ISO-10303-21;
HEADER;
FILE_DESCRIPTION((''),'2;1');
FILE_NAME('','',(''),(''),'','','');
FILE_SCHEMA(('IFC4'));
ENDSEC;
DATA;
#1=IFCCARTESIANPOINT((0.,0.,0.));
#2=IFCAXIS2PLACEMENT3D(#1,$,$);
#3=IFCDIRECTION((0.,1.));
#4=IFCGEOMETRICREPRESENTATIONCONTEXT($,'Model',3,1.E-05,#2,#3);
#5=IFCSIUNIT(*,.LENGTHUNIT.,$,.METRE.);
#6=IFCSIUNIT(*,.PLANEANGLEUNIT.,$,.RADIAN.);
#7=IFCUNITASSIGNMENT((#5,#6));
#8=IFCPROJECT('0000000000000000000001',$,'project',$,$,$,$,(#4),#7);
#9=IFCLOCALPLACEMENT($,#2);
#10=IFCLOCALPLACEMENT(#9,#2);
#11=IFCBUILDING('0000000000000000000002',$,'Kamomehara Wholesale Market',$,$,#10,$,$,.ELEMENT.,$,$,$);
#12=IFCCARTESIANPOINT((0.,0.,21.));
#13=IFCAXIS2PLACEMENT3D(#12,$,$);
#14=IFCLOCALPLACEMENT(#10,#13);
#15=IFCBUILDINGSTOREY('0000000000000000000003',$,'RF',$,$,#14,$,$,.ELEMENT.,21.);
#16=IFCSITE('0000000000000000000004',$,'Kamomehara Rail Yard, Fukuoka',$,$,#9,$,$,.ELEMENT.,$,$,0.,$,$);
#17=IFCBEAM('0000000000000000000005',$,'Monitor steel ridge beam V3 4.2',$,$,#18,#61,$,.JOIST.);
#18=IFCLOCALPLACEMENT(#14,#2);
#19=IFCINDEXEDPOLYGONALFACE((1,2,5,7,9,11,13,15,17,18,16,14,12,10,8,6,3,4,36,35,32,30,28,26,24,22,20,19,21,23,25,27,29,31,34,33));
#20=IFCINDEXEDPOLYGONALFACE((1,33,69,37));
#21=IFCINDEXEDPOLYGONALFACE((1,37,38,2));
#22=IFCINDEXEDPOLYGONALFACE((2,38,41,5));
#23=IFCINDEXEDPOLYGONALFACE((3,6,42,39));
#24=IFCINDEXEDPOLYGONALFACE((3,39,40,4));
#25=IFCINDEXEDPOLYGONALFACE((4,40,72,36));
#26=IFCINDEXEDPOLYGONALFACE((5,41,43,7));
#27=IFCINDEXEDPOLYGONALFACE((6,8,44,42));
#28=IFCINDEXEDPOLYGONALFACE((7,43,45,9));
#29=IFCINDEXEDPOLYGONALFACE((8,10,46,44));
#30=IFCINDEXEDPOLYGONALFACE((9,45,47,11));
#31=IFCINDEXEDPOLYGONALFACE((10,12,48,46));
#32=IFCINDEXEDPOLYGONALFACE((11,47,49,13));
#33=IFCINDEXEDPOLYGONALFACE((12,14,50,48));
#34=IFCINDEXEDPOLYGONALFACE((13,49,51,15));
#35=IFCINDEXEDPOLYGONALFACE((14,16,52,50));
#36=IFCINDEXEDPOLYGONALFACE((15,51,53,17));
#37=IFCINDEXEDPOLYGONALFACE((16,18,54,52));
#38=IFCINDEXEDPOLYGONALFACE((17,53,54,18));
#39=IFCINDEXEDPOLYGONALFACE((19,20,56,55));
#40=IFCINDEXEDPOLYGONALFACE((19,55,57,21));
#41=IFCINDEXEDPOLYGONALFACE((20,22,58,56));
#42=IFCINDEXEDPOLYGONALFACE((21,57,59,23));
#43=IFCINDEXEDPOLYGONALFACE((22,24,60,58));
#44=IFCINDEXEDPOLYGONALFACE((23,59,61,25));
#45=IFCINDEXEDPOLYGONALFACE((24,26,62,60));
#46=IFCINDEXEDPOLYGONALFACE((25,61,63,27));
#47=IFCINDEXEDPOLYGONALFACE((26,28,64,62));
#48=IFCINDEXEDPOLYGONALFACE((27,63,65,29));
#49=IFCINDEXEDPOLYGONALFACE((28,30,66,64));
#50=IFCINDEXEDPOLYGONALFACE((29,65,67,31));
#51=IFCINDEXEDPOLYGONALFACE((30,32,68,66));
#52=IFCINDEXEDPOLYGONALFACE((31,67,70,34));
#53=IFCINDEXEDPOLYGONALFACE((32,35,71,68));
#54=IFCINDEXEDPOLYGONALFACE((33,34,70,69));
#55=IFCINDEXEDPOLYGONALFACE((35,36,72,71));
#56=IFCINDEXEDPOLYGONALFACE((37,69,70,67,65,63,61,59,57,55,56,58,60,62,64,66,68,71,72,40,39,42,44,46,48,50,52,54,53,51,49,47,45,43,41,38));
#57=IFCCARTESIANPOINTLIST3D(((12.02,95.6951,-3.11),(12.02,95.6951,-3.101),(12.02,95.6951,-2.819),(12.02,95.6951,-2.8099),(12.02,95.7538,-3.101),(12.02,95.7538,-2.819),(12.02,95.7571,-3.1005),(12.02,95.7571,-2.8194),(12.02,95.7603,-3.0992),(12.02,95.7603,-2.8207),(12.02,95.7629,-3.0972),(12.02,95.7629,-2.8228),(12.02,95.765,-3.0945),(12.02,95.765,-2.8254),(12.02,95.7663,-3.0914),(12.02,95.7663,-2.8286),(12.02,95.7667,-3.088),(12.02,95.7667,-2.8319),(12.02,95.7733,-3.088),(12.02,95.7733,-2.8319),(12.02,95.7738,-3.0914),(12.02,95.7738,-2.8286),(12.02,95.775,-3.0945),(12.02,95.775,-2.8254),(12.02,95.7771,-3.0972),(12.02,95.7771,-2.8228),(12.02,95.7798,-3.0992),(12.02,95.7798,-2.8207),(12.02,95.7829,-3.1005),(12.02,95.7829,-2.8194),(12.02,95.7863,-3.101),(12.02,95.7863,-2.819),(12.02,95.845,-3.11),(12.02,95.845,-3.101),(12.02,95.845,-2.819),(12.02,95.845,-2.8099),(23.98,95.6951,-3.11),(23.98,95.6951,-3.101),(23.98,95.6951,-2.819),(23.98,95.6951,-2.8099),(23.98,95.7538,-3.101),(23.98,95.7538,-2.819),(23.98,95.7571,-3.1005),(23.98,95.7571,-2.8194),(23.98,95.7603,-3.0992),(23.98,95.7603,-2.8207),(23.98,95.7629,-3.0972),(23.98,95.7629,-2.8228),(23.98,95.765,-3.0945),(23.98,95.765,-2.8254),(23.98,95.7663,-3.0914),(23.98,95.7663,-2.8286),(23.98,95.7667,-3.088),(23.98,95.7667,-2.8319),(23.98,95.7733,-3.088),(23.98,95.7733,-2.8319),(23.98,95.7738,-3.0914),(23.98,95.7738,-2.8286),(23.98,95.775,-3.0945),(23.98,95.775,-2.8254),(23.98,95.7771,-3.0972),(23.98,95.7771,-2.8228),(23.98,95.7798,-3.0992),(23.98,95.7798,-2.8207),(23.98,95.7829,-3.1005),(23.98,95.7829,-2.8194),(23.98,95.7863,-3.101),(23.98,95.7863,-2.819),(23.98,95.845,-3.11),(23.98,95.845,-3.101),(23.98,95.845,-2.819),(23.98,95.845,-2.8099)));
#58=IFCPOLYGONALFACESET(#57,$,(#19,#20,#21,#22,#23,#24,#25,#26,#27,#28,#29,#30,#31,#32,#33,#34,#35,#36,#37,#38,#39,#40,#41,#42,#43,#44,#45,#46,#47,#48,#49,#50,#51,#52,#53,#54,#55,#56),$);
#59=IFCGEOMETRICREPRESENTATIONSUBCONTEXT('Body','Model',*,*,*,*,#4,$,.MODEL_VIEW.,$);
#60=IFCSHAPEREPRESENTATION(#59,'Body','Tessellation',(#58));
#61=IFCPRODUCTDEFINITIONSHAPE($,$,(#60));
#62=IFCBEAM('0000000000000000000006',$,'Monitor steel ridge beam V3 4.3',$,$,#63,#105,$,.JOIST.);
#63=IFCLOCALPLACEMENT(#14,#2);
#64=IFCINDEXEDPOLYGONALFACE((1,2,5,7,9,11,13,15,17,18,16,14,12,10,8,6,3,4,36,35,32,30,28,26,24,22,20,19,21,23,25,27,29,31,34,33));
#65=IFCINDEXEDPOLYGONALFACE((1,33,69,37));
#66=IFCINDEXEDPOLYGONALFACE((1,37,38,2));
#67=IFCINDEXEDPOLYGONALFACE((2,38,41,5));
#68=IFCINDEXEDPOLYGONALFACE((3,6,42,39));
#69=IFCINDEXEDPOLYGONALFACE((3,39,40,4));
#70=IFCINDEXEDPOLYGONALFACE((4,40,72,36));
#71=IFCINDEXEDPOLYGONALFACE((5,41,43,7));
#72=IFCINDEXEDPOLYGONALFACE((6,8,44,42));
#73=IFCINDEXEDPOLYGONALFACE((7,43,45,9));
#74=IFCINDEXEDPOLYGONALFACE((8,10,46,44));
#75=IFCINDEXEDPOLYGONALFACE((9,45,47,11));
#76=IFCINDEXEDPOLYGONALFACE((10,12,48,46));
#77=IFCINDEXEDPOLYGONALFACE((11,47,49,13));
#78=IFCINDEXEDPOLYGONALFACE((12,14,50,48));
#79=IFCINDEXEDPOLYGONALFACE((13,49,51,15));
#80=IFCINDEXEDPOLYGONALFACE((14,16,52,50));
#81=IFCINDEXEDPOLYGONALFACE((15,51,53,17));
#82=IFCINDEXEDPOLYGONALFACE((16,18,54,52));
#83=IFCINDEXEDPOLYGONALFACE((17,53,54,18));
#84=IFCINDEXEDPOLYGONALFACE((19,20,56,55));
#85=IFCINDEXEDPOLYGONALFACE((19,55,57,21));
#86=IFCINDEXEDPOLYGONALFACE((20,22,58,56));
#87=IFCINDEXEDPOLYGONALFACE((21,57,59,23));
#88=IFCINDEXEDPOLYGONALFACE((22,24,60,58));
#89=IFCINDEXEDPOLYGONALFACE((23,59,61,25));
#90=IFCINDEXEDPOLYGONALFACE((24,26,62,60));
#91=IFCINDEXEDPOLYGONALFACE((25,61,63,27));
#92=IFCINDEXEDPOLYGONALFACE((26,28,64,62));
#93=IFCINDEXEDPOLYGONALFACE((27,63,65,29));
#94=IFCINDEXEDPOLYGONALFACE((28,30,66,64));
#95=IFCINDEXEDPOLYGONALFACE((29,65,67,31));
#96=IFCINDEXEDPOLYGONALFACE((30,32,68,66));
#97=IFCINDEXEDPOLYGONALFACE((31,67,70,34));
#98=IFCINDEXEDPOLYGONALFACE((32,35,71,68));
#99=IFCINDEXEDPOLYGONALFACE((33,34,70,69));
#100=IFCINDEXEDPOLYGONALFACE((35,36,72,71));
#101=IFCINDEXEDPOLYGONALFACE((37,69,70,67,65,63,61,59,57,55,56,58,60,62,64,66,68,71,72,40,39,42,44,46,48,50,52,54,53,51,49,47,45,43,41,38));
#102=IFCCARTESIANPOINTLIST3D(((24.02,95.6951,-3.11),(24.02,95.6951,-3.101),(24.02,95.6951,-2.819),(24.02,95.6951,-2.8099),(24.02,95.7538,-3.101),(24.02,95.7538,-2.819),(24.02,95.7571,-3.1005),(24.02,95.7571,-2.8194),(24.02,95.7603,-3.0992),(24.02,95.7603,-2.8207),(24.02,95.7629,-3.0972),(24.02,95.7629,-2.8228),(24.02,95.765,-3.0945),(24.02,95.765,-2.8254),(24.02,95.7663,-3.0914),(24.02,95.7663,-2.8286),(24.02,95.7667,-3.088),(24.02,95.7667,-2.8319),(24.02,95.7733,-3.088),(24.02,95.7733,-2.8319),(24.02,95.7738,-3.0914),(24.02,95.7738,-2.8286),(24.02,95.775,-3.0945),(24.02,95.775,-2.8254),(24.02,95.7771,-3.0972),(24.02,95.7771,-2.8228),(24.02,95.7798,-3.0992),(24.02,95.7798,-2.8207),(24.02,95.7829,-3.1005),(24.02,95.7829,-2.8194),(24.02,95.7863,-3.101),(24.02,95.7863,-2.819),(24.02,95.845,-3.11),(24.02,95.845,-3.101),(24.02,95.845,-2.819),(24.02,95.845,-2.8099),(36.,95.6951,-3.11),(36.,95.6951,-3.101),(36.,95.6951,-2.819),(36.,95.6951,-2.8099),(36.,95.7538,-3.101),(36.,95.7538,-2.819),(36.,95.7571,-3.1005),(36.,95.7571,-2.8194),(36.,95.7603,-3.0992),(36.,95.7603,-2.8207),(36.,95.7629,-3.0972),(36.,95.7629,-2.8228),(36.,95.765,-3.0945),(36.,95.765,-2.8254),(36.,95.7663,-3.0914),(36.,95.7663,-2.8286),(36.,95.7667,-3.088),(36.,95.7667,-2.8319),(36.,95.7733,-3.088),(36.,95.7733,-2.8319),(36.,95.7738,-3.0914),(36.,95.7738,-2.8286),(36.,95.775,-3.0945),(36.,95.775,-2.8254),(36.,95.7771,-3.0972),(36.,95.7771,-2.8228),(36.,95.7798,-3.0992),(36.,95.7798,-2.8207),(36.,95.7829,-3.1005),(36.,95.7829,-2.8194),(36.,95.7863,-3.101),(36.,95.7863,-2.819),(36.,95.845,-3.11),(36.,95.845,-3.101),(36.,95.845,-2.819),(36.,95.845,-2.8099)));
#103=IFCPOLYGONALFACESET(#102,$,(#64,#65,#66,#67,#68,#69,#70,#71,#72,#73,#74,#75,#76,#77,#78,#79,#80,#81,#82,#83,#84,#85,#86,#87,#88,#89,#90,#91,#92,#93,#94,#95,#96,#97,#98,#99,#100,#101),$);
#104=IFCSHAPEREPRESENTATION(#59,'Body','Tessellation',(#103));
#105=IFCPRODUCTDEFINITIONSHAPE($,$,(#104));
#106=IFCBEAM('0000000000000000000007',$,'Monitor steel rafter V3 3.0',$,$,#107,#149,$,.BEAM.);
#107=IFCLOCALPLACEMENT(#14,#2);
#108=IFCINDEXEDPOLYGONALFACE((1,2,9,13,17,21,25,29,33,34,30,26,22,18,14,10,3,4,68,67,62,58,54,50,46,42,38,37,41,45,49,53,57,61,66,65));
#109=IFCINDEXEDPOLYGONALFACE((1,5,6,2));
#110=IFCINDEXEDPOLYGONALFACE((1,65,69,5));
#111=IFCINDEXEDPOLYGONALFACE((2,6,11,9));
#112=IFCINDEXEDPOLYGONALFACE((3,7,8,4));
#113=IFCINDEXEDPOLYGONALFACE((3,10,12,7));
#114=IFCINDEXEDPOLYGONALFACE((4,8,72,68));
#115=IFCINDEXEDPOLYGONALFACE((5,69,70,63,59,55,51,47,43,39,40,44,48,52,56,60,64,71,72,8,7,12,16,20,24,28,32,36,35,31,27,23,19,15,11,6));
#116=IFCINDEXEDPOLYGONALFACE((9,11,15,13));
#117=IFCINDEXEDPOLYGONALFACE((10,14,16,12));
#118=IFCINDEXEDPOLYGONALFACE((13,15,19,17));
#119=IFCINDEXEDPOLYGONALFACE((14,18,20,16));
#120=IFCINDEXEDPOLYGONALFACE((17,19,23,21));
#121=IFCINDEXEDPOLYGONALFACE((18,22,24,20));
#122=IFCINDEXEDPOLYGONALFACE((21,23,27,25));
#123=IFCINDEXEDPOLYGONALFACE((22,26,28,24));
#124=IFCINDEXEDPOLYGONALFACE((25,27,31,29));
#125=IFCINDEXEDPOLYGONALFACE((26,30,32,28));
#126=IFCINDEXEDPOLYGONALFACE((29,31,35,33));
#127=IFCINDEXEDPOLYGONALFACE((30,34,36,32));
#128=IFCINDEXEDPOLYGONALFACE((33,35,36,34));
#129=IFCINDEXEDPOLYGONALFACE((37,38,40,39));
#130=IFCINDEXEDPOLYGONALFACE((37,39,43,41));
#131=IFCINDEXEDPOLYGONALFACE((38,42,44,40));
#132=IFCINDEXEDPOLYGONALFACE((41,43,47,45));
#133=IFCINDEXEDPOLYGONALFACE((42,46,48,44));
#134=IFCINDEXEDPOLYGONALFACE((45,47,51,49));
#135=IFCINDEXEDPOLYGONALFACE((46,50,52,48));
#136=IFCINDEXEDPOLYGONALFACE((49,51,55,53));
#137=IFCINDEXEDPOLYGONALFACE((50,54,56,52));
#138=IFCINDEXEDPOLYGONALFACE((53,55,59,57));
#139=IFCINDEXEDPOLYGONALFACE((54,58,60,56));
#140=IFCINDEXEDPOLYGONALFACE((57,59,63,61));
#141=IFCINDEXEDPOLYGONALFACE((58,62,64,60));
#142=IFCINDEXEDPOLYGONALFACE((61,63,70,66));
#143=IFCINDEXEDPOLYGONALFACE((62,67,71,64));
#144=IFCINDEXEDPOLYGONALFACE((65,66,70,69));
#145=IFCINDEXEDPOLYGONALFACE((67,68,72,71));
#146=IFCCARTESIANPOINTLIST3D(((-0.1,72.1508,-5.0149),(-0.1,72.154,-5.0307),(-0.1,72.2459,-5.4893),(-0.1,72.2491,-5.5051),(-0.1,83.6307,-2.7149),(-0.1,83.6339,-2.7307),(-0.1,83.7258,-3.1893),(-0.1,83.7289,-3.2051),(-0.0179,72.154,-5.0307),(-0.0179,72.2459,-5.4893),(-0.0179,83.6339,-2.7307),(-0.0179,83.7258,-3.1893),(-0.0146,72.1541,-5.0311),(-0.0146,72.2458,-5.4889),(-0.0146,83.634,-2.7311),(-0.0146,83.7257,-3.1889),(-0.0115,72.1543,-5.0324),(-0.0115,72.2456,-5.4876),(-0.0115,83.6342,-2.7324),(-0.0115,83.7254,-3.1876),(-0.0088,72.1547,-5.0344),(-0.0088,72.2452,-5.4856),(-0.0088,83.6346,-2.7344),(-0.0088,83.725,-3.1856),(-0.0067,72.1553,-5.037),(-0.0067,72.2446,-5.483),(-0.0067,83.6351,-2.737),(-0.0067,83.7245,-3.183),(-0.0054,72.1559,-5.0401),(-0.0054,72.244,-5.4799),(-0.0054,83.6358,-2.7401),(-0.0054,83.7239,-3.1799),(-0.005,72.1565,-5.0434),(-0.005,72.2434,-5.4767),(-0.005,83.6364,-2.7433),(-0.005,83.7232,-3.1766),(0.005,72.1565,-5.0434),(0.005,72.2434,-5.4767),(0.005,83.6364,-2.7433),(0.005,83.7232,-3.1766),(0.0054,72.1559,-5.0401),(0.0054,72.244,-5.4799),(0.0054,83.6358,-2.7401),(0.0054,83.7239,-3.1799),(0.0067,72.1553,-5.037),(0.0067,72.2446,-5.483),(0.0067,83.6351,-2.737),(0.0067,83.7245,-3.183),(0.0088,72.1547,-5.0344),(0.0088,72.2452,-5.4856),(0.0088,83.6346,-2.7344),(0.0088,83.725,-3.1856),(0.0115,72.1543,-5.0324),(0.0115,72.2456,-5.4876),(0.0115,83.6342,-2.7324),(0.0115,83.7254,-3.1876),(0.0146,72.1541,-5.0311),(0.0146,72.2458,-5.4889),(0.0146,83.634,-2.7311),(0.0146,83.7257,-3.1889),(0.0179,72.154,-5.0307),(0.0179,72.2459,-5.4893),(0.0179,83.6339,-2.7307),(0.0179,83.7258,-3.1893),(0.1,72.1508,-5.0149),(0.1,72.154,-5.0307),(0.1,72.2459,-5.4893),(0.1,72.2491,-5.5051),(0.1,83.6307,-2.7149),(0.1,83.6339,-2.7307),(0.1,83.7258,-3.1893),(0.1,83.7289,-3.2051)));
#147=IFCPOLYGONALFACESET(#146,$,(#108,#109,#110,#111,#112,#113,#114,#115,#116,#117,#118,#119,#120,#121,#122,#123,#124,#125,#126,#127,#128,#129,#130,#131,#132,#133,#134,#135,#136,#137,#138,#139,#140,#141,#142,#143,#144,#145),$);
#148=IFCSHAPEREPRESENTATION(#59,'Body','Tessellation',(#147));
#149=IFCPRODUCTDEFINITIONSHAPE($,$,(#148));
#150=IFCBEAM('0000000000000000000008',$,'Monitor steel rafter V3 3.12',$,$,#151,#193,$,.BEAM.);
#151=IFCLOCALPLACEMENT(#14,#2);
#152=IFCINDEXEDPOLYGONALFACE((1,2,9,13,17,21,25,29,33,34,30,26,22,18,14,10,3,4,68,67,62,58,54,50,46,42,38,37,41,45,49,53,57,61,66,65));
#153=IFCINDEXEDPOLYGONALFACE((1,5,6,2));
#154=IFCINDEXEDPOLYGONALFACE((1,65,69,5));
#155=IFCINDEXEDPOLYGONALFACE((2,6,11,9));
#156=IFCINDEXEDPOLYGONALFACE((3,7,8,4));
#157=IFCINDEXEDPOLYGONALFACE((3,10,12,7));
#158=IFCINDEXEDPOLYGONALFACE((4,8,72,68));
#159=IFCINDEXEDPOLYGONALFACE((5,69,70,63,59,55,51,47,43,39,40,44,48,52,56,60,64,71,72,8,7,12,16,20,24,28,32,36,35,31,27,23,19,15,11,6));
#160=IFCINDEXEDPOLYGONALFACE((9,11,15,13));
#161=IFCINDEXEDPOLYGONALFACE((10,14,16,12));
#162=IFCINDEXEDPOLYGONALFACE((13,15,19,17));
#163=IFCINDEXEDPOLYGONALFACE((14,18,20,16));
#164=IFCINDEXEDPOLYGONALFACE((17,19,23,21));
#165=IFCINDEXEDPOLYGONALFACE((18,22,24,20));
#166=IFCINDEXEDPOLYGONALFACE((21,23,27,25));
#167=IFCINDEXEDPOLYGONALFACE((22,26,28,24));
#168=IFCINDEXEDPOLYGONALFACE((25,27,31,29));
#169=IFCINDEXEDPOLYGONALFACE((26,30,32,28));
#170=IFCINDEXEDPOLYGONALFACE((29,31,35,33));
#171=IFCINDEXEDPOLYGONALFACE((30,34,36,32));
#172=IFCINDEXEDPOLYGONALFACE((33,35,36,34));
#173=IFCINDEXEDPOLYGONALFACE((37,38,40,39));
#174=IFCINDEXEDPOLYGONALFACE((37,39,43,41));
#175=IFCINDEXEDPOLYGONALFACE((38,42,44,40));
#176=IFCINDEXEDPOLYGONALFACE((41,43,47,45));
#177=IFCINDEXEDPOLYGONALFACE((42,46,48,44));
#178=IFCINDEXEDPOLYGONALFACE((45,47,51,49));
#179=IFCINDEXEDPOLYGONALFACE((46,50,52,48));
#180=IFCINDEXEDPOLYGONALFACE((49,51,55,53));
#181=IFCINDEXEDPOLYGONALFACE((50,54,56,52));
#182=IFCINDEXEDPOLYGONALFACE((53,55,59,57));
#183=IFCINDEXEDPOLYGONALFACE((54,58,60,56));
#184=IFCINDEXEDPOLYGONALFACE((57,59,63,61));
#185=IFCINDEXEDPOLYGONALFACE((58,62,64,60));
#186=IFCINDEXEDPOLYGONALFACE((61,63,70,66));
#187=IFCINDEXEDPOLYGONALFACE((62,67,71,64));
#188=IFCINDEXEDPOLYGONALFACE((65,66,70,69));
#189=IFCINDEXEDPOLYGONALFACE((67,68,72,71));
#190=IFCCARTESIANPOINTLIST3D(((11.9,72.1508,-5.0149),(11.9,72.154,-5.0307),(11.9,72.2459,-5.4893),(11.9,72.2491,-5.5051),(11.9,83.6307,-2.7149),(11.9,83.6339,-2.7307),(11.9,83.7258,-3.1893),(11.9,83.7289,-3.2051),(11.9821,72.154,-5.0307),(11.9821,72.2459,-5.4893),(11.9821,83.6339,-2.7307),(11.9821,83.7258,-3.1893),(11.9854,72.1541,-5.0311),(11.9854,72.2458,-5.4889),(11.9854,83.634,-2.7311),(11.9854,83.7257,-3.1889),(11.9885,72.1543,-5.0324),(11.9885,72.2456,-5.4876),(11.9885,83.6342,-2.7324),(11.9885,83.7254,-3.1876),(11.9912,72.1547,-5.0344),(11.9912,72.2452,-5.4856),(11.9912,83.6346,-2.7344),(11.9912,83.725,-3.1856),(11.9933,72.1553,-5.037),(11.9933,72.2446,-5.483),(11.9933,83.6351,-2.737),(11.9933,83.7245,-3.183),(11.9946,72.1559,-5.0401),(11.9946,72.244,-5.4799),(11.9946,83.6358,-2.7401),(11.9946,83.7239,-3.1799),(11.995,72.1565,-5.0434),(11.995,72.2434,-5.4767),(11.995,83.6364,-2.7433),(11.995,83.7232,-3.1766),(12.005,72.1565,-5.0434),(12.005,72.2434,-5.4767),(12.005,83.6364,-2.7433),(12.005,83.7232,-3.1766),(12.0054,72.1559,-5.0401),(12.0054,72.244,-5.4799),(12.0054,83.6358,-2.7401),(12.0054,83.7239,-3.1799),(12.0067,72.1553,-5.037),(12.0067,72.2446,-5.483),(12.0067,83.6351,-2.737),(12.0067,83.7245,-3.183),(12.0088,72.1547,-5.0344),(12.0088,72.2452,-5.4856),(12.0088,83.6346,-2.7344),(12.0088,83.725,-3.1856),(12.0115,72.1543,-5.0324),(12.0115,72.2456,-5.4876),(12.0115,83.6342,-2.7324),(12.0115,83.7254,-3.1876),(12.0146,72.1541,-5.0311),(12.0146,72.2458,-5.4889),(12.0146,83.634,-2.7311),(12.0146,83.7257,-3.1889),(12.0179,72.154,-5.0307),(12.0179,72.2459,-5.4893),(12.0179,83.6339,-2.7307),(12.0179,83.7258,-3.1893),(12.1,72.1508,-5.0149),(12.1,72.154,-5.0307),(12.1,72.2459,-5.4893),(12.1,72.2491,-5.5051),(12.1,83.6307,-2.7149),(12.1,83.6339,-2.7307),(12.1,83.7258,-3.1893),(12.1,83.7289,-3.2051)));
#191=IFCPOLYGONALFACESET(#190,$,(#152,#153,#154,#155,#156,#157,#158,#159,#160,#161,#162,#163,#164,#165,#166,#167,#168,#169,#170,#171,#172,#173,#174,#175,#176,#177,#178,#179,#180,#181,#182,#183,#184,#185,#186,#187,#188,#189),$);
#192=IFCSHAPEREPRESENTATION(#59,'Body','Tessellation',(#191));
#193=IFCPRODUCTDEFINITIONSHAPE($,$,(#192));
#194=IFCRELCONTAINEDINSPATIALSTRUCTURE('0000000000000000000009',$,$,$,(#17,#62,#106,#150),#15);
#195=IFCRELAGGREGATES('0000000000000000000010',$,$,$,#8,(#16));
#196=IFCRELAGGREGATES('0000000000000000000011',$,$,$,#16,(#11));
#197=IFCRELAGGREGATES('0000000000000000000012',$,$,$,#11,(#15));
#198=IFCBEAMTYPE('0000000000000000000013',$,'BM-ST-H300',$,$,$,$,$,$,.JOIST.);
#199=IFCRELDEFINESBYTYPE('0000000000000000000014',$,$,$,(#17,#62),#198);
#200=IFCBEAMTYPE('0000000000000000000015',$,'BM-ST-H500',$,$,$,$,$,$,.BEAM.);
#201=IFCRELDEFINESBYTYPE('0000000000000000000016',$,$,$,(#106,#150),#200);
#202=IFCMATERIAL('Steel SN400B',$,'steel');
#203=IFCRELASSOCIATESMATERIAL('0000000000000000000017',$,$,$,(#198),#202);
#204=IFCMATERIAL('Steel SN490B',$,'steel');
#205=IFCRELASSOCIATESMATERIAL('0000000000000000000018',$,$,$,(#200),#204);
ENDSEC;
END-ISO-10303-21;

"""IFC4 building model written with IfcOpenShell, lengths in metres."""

from ifc_helpers import new_model, si_unit, direction, frame, origin, origin_2d, place, context, subcontext, project, spatial, i_section, extrude, material, material_profile, profile_set, type_object, element, save


model = new_model("IFC4")

# Units and contexts
model_context = context("Model", 3, precision=1e-05, world=origin(), true_north=direction((0.0, 1.0)))
body_context = subcontext(model_context, "Body", "Model", "MODEL_VIEW")
ifc_project = project(units=[si_unit("LENGTHUNIT", "METRE"), si_unit("PLANEANGLEUNIT", "RADIAN")], contexts=[model_context])

# Site, building, storey
site_placement = place(None, origin())
site = spatial("IfcSite", under=ifc_project, at=site_placement, Name="Kamomehara Rail Yard, Fukuoka", CompositionType="ELEMENT", RefElevation=0.0)
building_placement = place(site_placement, origin())
building = spatial("IfcBuilding", under=site, at=building_placement, Name="Kamomehara Wholesale Market", CompositionType="ELEMENT")
storey_placement = place(building_placement, frame((0.0, 0.0, 21.0)))
storey = spatial("IfcBuildingStorey", under=building, at=storey_placement, Name="RF", CompositionType="ELEMENT", Elevation=21.0)

# Beams
ifc_material_1 = material(Name="Steel SN400B", Category="steel")
ifc_material_profile_1 = material_profile(ifc_material_1, i_section(OverallWidth=0.1499, OverallDepth=0.3, WebThickness=0.0066, FlangeThickness=0.009, FilletRadius=0.0129, at=origin_2d()), Name="H-300x150x6.5x9")
ifc_profile_set_1 = profile_set([ifc_material_profile_1], Name="Steel SN400B")
beam_type_1 = type_object("IfcBeamType", Name="BM-ST-H300", PredefinedType="JOIST", material=ifc_profile_set_1)
beam_1_placement = place(storey_placement, frame((12.02, 95.77, -2.96), z_axis=(1.0, 0.0, 0.0), x_axis=(0.0, 1.0, 0.0)))
element("IfcBeam", 1, at=beam_1_placement, inside=storey, type_object=beam_type_1, Name="Monitor steel ridge beam V3 4.2", PredefinedType="JOIST", context=body_context, shape_type="SweptSolid", body=[
    extrude(i_section(OverallWidth=0.1499, OverallDepth=0.3, WebThickness=0.0066, FlangeThickness=0.009, FilletRadius=0.0129, at=origin_2d()), origin(), (0.0, 0.0, 1.0), 11.96),
])
beam_2_placement = place(storey_placement, frame((24.02, 95.77, -2.96), z_axis=(1.0, 0.0, 0.0), x_axis=(0.0, 1.0, 0.0)))
element("IfcBeam", 2, at=beam_2_placement, inside=storey, type_object=beam_type_1, Name="Monitor steel ridge beam V3 4.3", PredefinedType="JOIST", context=body_context, shape_type="SweptSolid", body=[
    extrude(i_section(OverallWidth=0.1499, OverallDepth=0.3, WebThickness=0.0066, FlangeThickness=0.009, FilletRadius=0.0129, at=origin_2d()), origin(), (0.0, 0.0, 1.0), 11.98),
])
ifc_material_2 = material(Name="Steel SN490B", Category="steel")
ifc_material_profile_2 = material_profile(ifc_material_2, i_section(OverallWidth=0.2, OverallDepth=0.5, WebThickness=0.01, FlangeThickness=0.0161, FilletRadius=0.0129, at=origin_2d()), Name="H-500x200x10x16")
ifc_profile_set_2 = profile_set([ifc_material_profile_2], Name="Steel SN490B")
beam_type_2 = type_object("IfcBeamType", Name="BM-ST-H500", PredefinedType="BEAM", material=ifc_profile_set_2)
for number, where, z_axis, x_axis, name in (
    (3, (0.0, 72.2, -5.26), (0.0, 0.980514, 0.196449), (-1.0, 0.0, 0.0), "Monitor steel rafter V3 3.0"),
    (4, (12.0, 72.2, -5.26), (0.0, 0.980514, 0.196449), (-1.0, 0.0, 0.0), "Monitor steel rafter V3 3.12"),
):
    element("IfcBeam", number, at=place(storey_placement, frame(where, z_axis=z_axis, x_axis=x_axis)), inside=storey, type_object=beam_type_2, Name=name, PredefinedType="BEAM", context=body_context, shape_type="SweptSolid", body=[
        extrude(i_section(OverallWidth=0.2, OverallDepth=0.5, WebThickness=0.01, FlangeThickness=0.0161, FilletRadius=0.0129, at=origin_2d()), origin(), (0.0, 0.0, 1.0), 11.708),
    ])

save(model, "model.ifc")
